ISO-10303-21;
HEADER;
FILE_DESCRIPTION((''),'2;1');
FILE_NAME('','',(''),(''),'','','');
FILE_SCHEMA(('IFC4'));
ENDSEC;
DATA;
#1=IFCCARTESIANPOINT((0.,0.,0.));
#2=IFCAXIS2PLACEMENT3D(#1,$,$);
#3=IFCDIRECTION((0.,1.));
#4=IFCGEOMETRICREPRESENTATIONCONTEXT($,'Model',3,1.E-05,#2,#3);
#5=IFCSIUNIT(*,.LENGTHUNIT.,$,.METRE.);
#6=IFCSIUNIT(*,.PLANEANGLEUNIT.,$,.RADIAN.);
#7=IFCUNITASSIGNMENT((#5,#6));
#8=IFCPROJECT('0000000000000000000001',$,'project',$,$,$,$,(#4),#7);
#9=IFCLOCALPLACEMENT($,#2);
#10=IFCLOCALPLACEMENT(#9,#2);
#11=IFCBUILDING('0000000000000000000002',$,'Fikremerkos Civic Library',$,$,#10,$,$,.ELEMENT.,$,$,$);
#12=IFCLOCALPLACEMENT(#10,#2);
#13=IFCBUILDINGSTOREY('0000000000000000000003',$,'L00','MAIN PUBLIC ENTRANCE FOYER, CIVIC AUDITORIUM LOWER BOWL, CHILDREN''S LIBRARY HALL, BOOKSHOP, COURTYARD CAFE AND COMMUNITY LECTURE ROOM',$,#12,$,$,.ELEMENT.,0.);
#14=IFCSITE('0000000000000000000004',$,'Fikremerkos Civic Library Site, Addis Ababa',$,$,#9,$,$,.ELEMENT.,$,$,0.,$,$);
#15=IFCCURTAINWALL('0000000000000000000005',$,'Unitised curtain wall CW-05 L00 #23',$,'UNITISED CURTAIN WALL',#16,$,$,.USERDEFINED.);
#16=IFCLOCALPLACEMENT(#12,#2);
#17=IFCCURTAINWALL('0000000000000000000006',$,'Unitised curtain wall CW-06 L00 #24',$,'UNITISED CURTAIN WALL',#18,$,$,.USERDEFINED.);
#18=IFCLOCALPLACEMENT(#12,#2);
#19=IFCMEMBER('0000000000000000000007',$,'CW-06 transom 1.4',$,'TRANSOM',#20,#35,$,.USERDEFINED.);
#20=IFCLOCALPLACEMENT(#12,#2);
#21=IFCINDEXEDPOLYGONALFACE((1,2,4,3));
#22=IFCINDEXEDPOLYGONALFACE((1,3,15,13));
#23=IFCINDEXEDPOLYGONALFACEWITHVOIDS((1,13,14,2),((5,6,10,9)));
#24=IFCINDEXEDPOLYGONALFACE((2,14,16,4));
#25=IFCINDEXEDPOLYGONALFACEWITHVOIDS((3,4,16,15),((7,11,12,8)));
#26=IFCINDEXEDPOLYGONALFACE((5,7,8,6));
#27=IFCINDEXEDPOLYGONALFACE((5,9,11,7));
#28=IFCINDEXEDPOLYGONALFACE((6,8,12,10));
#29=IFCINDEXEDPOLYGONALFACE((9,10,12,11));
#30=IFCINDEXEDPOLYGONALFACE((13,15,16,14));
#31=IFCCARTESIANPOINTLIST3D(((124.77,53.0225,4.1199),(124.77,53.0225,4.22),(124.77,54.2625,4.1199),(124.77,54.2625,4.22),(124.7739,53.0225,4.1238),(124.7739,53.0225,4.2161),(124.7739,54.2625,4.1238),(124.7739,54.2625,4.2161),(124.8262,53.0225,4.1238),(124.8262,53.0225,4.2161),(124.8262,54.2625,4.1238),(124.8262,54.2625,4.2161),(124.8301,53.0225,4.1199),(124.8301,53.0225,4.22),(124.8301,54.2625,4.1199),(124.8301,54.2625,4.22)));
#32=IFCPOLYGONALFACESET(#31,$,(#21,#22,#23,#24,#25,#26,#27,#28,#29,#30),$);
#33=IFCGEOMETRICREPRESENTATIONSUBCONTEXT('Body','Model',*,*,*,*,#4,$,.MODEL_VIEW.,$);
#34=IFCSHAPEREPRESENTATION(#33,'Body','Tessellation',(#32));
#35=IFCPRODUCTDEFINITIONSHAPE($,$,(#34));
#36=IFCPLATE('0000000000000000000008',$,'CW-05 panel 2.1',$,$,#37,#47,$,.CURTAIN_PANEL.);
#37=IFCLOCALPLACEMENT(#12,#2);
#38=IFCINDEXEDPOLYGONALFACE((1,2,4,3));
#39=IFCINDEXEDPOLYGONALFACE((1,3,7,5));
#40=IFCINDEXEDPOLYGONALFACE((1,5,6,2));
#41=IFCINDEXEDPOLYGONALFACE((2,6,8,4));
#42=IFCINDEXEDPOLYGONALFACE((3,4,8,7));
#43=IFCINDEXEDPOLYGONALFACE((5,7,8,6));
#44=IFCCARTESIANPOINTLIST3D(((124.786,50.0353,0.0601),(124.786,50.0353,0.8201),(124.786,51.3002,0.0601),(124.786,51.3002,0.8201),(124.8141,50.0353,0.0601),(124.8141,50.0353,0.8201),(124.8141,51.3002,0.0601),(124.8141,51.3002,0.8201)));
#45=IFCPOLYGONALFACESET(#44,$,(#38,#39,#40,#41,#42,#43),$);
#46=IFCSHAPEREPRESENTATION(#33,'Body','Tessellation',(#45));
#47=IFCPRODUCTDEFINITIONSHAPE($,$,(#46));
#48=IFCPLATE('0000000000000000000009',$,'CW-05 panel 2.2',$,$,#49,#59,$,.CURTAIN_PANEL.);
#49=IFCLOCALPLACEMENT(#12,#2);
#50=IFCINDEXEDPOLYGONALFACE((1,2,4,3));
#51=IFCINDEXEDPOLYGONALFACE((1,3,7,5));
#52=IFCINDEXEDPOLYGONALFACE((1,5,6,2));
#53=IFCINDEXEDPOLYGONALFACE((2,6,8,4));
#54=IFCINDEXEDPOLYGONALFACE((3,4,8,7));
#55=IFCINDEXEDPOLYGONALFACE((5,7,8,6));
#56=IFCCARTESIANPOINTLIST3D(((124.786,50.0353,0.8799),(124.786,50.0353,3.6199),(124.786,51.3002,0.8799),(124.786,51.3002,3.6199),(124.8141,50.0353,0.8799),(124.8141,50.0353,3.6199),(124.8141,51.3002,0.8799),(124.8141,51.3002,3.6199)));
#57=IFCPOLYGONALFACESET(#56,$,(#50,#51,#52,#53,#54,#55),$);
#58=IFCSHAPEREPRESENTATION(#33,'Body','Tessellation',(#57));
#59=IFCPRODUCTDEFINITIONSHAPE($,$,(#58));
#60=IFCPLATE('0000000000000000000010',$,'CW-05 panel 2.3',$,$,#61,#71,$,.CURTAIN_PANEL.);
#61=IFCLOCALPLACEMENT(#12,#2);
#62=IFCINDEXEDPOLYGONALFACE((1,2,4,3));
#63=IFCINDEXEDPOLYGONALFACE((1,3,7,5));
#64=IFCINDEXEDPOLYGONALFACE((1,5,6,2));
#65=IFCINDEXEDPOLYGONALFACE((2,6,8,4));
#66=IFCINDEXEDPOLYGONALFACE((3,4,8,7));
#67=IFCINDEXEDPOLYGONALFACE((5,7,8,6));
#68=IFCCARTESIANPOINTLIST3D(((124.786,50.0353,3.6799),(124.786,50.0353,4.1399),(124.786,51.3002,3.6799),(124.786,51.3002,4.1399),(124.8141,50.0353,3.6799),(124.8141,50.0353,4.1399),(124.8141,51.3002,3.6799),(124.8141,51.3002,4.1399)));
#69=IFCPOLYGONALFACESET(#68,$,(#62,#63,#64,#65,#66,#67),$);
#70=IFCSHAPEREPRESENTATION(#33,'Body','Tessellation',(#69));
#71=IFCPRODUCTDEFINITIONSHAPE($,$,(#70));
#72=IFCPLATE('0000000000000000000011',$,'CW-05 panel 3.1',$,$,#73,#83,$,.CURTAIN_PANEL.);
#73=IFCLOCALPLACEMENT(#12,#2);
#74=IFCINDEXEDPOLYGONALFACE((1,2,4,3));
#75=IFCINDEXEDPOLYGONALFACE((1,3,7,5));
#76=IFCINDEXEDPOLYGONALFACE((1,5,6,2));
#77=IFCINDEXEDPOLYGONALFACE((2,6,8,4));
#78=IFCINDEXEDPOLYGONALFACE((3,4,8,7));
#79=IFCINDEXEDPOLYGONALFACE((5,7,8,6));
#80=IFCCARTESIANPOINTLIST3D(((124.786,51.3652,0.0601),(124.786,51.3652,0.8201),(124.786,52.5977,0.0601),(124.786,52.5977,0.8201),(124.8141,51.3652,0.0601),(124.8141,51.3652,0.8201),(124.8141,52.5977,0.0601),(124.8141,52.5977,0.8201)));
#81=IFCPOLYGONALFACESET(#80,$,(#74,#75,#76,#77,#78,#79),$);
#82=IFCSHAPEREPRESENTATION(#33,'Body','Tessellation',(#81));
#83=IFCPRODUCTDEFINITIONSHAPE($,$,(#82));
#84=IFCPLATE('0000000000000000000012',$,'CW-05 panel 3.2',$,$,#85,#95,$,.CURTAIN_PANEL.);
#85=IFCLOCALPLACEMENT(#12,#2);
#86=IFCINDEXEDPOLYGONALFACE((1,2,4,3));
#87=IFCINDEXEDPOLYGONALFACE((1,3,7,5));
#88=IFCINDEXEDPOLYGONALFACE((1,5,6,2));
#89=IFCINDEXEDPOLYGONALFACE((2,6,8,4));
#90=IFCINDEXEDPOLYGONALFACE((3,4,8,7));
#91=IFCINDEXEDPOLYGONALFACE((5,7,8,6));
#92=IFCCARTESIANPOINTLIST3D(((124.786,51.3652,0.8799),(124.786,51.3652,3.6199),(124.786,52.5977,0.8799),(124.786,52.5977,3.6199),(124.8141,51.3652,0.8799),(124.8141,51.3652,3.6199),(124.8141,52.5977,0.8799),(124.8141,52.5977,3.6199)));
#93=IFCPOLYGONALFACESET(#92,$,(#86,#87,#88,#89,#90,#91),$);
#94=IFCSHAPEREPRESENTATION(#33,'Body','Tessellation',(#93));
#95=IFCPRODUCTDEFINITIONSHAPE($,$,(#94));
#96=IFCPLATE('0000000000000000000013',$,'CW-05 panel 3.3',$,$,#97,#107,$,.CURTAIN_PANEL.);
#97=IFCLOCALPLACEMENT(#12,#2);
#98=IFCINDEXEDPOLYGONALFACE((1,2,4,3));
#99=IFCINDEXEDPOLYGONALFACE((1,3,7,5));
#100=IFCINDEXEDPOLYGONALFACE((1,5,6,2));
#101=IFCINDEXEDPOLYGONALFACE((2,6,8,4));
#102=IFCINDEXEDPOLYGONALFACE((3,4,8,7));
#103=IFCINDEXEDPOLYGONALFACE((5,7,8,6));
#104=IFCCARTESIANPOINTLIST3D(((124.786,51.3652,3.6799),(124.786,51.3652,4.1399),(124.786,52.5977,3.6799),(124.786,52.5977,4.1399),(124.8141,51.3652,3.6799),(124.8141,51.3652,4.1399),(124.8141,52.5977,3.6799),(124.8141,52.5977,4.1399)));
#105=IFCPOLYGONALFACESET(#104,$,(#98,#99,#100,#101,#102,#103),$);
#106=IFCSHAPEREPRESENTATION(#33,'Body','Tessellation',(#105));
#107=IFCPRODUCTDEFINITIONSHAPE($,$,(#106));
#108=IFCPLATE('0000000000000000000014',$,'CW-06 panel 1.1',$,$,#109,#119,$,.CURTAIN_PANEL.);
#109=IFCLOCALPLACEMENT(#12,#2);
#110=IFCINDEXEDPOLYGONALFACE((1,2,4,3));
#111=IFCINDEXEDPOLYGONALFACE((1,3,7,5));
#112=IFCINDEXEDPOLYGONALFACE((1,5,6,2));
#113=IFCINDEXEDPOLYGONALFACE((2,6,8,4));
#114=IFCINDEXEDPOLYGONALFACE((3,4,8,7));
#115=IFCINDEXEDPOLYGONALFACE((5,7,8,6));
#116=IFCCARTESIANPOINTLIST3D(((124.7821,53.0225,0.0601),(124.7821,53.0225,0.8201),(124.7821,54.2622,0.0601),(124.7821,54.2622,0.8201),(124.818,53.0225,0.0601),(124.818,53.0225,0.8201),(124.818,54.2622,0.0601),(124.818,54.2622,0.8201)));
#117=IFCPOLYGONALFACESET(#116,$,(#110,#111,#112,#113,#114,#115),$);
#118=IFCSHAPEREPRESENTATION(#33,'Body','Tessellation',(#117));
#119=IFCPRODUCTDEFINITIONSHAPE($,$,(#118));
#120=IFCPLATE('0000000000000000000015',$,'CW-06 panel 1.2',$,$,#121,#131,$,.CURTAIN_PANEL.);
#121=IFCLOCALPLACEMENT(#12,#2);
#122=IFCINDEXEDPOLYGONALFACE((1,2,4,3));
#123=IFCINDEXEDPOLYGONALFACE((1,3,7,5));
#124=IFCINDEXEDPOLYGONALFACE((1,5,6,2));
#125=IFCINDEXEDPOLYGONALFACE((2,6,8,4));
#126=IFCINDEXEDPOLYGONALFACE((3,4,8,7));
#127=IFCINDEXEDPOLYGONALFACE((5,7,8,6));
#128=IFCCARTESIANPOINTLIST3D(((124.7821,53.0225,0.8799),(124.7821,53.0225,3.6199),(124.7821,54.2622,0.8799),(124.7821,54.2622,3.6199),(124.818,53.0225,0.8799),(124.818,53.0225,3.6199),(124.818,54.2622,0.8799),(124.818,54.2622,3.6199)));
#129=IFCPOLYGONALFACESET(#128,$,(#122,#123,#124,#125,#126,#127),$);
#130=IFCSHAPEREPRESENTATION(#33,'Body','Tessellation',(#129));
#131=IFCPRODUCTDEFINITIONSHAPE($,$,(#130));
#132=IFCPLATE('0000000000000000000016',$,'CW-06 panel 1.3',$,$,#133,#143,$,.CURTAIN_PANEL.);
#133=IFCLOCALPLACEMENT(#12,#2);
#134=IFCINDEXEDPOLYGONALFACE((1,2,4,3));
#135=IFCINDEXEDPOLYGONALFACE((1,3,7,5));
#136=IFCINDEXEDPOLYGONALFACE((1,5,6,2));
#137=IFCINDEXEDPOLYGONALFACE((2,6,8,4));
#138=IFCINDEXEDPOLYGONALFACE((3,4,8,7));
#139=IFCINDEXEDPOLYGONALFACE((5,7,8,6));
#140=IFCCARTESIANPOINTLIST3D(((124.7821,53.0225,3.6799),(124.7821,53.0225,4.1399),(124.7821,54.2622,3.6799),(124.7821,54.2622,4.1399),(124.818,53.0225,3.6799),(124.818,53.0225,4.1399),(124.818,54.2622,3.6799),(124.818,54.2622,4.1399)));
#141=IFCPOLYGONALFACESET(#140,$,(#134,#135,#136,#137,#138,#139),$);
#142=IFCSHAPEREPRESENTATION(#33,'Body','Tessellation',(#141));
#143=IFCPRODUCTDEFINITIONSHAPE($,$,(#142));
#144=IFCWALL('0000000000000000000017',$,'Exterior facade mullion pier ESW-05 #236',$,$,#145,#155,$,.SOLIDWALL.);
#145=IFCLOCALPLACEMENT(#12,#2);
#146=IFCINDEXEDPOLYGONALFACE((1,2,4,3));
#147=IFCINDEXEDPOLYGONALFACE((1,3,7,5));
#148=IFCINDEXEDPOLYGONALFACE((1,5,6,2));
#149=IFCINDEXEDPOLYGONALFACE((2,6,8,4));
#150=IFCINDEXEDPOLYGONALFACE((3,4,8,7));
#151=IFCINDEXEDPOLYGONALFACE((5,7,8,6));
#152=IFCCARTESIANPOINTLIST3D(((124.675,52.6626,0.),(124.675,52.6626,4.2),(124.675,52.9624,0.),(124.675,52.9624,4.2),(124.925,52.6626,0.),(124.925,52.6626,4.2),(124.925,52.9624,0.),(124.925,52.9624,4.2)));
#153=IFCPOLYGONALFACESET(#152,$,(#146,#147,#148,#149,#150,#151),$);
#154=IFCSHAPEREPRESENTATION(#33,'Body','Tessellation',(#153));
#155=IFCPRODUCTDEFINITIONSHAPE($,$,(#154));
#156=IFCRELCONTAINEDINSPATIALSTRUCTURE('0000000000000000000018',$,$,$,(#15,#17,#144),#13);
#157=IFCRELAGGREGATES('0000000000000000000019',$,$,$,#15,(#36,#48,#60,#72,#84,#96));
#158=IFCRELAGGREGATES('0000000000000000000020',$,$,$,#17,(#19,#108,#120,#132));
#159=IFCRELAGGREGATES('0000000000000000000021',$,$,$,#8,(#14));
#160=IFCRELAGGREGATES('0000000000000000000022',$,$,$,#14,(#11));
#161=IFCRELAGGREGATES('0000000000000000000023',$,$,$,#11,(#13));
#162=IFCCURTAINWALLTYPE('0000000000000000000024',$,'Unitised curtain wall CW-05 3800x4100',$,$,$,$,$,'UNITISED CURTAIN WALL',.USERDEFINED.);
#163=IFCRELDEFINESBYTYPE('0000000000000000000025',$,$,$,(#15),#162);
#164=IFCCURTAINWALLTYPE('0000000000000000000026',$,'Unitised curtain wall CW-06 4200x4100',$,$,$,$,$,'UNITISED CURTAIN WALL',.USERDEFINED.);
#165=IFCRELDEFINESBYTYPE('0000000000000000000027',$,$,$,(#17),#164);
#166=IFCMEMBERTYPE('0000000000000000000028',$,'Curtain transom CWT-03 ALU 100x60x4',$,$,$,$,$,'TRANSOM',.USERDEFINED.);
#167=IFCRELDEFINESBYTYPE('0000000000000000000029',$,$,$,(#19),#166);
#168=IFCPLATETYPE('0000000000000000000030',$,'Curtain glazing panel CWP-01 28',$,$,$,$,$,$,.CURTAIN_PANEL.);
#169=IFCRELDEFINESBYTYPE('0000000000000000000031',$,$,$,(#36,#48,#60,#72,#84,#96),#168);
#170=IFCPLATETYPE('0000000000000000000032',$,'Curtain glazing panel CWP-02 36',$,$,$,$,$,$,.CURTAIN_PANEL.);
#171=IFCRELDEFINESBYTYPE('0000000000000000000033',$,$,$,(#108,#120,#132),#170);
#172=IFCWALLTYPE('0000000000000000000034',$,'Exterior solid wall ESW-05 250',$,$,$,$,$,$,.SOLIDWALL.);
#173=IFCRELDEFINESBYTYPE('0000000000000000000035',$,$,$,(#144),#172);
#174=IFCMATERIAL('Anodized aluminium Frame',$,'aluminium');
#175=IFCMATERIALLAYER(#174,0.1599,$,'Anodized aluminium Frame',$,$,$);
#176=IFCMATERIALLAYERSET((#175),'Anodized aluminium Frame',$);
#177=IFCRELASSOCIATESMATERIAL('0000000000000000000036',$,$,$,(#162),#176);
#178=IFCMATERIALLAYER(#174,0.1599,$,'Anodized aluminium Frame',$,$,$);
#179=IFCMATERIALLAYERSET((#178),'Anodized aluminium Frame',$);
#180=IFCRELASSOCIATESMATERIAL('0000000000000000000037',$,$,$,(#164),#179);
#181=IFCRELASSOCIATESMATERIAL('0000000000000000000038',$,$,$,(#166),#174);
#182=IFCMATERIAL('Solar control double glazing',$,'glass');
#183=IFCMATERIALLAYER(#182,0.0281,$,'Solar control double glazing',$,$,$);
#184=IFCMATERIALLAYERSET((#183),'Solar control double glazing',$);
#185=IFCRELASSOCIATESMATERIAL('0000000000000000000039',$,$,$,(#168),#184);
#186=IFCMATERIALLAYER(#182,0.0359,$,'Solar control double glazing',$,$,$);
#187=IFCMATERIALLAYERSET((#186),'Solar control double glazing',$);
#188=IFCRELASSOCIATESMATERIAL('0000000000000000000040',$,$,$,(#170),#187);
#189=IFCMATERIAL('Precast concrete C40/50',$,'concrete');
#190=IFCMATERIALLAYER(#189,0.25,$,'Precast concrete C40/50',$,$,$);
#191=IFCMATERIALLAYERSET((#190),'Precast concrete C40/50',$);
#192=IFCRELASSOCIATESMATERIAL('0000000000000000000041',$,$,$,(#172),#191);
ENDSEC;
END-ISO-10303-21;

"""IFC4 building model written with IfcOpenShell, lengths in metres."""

from ifc_helpers import new_model, si_unit, direction, frame, frame_2d, origin, origin_2d, place, context, subcontext, project, spatial, rectangle, hollow_rectangle, extrude, material, layer, layer_set, material_profile, profile_set, type_object, element, aggregate, save


model = new_model("IFC4")

# Units and contexts
model_context = context("Model", 3, precision=1e-05, world=origin(), true_north=direction((0.0, 1.0)))
body_context = subcontext(model_context, "Body", "Model", "MODEL_VIEW")
ifc_project = project(units=[si_unit("LENGTHUNIT", "METRE"), si_unit("PLANEANGLEUNIT", "RADIAN")], contexts=[model_context])

# Site, building, storey
site_placement = place(None, origin())
site = spatial("IfcSite", under=ifc_project, at=site_placement, Name="Fikremerkos Civic Library Site, Addis Ababa", CompositionType="ELEMENT", RefElevation=0.0)
building_placement = place(site_placement, origin())
building = spatial("IfcBuilding", under=site, at=building_placement, Name="Fikremerkos Civic Library", CompositionType="ELEMENT")
storey_placement = place(building_placement, origin())
storey = spatial("IfcBuildingStorey", under=building, at=storey_placement, Name="L00", Description="MAIN PUBLIC ENTRANCE FOYER, CIVIC AUDITORIUM LOWER BOWL, CHILDREN'S LIBRARY HALL, BOOKSHOP, COURTYARD CAFE AND COMMUNITY LECTURE ROOM", CompositionType="ELEMENT", Elevation=0.0)

# Curtain wall
ifc_material_1 = material(Name="Anodized aluminium Frame", Category="aluminium")
ifc_layer_1 = layer(ifc_material_1, 0.1599, Name="Anodized aluminium Frame")
ifc_layer_set_1 = layer_set([ifc_layer_1], Name="Anodized aluminium Frame")
curtain_wall_type_1 = type_object("IfcCurtainWallType", Name="Unitised curtain wall CW-05 3800x4100", ElementType="UNITISED CURTAIN WALL", PredefinedType="USERDEFINED", material=ifc_layer_set_1)
curtain_wall_1_placement = place(storey_placement, origin())
curtain_wall_1 = element("IfcCurtainWall", 1, at=curtain_wall_1_placement, inside=storey, type_object=curtain_wall_type_1, Name="Unitised curtain wall CW-05 L00 #23", ObjectType="UNITISED CURTAIN WALL", PredefinedType="USERDEFINED")

# Curtain wall
ifc_layer_2 = layer(ifc_material_1, 0.1599, Name="Anodized aluminium Frame")
ifc_layer_set_2 = layer_set([ifc_layer_2], Name="Anodized aluminium Frame")
curtain_wall_type_2 = type_object("IfcCurtainWallType", Name="Unitised curtain wall CW-06 4200x4100", ElementType="UNITISED CURTAIN WALL", PredefinedType="USERDEFINED", material=ifc_layer_set_2)
curtain_wall_2_placement = place(storey_placement, origin())
curtain_wall_2 = element("IfcCurtainWall", 2, at=curtain_wall_2_placement, inside=storey, type_object=curtain_wall_type_2, Name="Unitised curtain wall CW-06 L00 #24", ObjectType="UNITISED CURTAIN WALL", PredefinedType="USERDEFINED")

# Member
ifc_material_profile_1 = material_profile(ifc_material_1, hollow_rectangle(XDim=0.0601, YDim=0.1001, WallThickness=0.0039, at=origin_2d()), Name="ALU 100x60x4")
ifc_profile_set_1 = profile_set([ifc_material_profile_1], Name="Anodized aluminium Frame")
member_type_1 = type_object("IfcMemberType", Name="Curtain transom CWT-03 ALU 100x60x4", ElementType="TRANSOM", PredefinedType="USERDEFINED", material=ifc_profile_set_1)
member_1_placement = place(storey_placement, frame((124.8, 53.0225, 4.1699), z_axis=(0.0, 1.0, 0.0), x_axis=(-1.0, 0.0, 0.0)))
member_1 = element("IfcMember", 3, at=member_1_placement, type_object=member_type_1, Name="CW-06 transom 1.4", ObjectType="TRANSOM", PredefinedType="USERDEFINED", context=body_context, shape_type="SweptSolid", body=[
    extrude(hollow_rectangle(XDim=0.0601, YDim=0.1001, WallThickness=0.0039, at=origin_2d()), origin(), (0.0, 0.0, 1.0), 1.24),
])

# Plates
ifc_material_2 = material(Name="Solar control double glazing", Category="glass")
ifc_layer_3 = layer(ifc_material_2, 0.0281, Name="Solar control double glazing")
ifc_layer_set_3 = layer_set([ifc_layer_3], Name="Solar control double glazing")
plate_type_1 = type_object("IfcPlateType", Name="Curtain glazing panel CWP-01 28", PredefinedType="CURTAIN_PANEL", material=ifc_layer_set_3)
plate_1_placement = place(storey_placement, frame((124.8, 50.6677, 0.0601), z_axis=(0.0, 0.0, 1.0), x_axis=(0.0, 1.0, 0.0)))
plate_1 = element("IfcPlate", 4, at=plate_1_placement, type_object=plate_type_1, Name="CW-05 panel 2.1", PredefinedType="CURTAIN_PANEL", context=body_context, shape_type="SweptSolid", body=[
    extrude(rectangle(XDim=1.2649, YDim=0.0281, at=origin_2d()), origin(), (0.0, 0.0, 1.0), 0.76),
])
plate_2_placement = place(storey_placement, frame((124.8, 50.6677, 0.8799), z_axis=(0.0, 0.0, 1.0), x_axis=(0.0, 1.0, 0.0)))
plate_2 = element("IfcPlate", 5, at=plate_2_placement, type_object=plate_type_1, Name="CW-05 panel 2.2", PredefinedType="CURTAIN_PANEL", context=body_context, shape_type="SweptSolid", body=[
    extrude(rectangle(XDim=1.2649, YDim=0.0281, at=origin_2d()), origin(), (0.0, 0.0, 1.0), 2.74),
])
plate_3_placement = place(storey_placement, frame((124.8, 50.6677, 3.6799), z_axis=(0.0, 0.0, 1.0), x_axis=(0.0, 1.0, 0.0)))
plate_3 = element("IfcPlate", 6, at=plate_3_placement, type_object=plate_type_1, Name="CW-05 panel 2.3", PredefinedType="CURTAIN_PANEL", context=body_context, shape_type="SweptSolid", body=[
    extrude(rectangle(XDim=1.2649, YDim=0.0281, at=origin_2d()), origin(), (0.0, 0.0, 1.0), 0.46),
])
plate_4_placement = place(storey_placement, frame((124.8, 51.9814, 0.0601), z_axis=(0.0, 0.0, 1.0), x_axis=(0.0, 1.0, 0.0)))
plate_4 = element("IfcPlate", 7, at=plate_4_placement, type_object=plate_type_1, Name="CW-05 panel 3.1", PredefinedType="CURTAIN_PANEL", context=body_context, shape_type="SweptSolid", body=[
    extrude(rectangle(XDim=1.2324, YDim=0.0281, at=origin_2d()), origin(), (0.0, 0.0, 1.0), 0.76),
])
plate_5_placement = place(storey_placement, frame((124.8, 51.9814, 0.8799), z_axis=(0.0, 0.0, 1.0), x_axis=(0.0, 1.0, 0.0)))
plate_5 = element("IfcPlate", 8, at=plate_5_placement, type_object=plate_type_1, Name="CW-05 panel 3.2", PredefinedType="CURTAIN_PANEL", context=body_context, shape_type="SweptSolid", body=[
    extrude(rectangle(XDim=1.2324, YDim=0.0281, at=origin_2d()), origin(), (0.0, 0.0, 1.0), 2.74),
])
plate_6_placement = place(storey_placement, frame((124.8, 51.9814, 3.6799), z_axis=(0.0, 0.0, 1.0), x_axis=(0.0, 1.0, 0.0)))
plate_6 = element("IfcPlate", 9, at=plate_6_placement, type_object=plate_type_1, Name="CW-05 panel 3.3", PredefinedType="CURTAIN_PANEL", context=body_context, shape_type="SweptSolid", body=[
    extrude(rectangle(XDim=1.2324, YDim=0.0281, at=origin_2d()), origin(), (0.0, 0.0, 1.0), 0.46),
])
aggregate(curtain_wall_1, [plate_1, plate_2, plate_3, plate_4, plate_5, plate_6])
ifc_layer_4 = layer(ifc_material_2, 0.0359, Name="Solar control double glazing")
ifc_layer_set_4 = layer_set([ifc_layer_4], Name="Solar control double glazing")
plate_type_2 = type_object("IfcPlateType", Name="Curtain glazing panel CWP-02 36", PredefinedType="CURTAIN_PANEL", material=ifc_layer_set_4)
plate_7_placement = place(storey_placement, frame((124.8, 53.6423, 0.0601), z_axis=(0.0, 0.0, 1.0), x_axis=(0.0, 1.0, 0.0)))
plate_7 = element("IfcPlate", 10, at=plate_7_placement, type_object=plate_type_2, Name="CW-06 panel 1.1", PredefinedType="CURTAIN_PANEL", context=body_context, shape_type="SweptSolid", body=[
    extrude(rectangle(XDim=1.2397, YDim=0.0359, at=origin_2d()), origin(), (0.0, 0.0, 1.0), 0.76),
])
plate_8_placement = place(storey_placement, frame((124.8, 53.6423, 0.8799), z_axis=(0.0, 0.0, 1.0), x_axis=(0.0, 1.0, 0.0)))
plate_8 = element("IfcPlate", 11, at=plate_8_placement, type_object=plate_type_2, Name="CW-06 panel 1.2", PredefinedType="CURTAIN_PANEL", context=body_context, shape_type="SweptSolid", body=[
    extrude(rectangle(XDim=1.2397, YDim=0.0359, at=origin_2d()), origin(), (0.0, 0.0, 1.0), 2.74),
])
plate_9_placement = place(storey_placement, frame((124.8, 53.6423, 3.6799), z_axis=(0.0, 0.0, 1.0), x_axis=(0.0, 1.0, 0.0)))
plate_9 = element("IfcPlate", 12, at=plate_9_placement, type_object=plate_type_2, Name="CW-06 panel 1.3", PredefinedType="CURTAIN_PANEL", context=body_context, shape_type="SweptSolid", body=[
    extrude(rectangle(XDim=1.2397, YDim=0.0359, at=origin_2d()), origin(), (0.0, 0.0, 1.0), 0.46),
])
aggregate(curtain_wall_2, [member_1, plate_7, plate_8, plate_9])

# Wall
ifc_material_3 = material(Name="Precast concrete C40/50", Category="concrete")
ifc_layer_5 = layer(ifc_material_3, 0.25, Name="Precast concrete C40/50")
ifc_layer_set_5 = layer_set([ifc_layer_5], Name="Precast concrete C40/50")
wall_type = type_object("IfcWallType", Name="Exterior solid wall ESW-05 250", PredefinedType="SOLIDWALL", material=ifc_layer_set_5)
wall_placement = place(storey_placement, frame((124.8, 52.6626, 0.0), z_axis=(0.0, 0.0, 1.0), x_axis=(0.0, 1.0, 0.0)))
element("IfcWall", 13, at=wall_placement, inside=storey, type_object=wall_type, Name="Exterior facade mullion pier ESW-05 #236", PredefinedType="SOLIDWALL", context=body_context, shape_type="SweptSolid", body=[
    extrude(rectangle(XDim=0.2998, YDim=0.25, at=frame_2d((0.1499, 0.0))), origin(), (0.0, 0.0, 1.0), 4.2),
])

save(model, "model.ifc")
